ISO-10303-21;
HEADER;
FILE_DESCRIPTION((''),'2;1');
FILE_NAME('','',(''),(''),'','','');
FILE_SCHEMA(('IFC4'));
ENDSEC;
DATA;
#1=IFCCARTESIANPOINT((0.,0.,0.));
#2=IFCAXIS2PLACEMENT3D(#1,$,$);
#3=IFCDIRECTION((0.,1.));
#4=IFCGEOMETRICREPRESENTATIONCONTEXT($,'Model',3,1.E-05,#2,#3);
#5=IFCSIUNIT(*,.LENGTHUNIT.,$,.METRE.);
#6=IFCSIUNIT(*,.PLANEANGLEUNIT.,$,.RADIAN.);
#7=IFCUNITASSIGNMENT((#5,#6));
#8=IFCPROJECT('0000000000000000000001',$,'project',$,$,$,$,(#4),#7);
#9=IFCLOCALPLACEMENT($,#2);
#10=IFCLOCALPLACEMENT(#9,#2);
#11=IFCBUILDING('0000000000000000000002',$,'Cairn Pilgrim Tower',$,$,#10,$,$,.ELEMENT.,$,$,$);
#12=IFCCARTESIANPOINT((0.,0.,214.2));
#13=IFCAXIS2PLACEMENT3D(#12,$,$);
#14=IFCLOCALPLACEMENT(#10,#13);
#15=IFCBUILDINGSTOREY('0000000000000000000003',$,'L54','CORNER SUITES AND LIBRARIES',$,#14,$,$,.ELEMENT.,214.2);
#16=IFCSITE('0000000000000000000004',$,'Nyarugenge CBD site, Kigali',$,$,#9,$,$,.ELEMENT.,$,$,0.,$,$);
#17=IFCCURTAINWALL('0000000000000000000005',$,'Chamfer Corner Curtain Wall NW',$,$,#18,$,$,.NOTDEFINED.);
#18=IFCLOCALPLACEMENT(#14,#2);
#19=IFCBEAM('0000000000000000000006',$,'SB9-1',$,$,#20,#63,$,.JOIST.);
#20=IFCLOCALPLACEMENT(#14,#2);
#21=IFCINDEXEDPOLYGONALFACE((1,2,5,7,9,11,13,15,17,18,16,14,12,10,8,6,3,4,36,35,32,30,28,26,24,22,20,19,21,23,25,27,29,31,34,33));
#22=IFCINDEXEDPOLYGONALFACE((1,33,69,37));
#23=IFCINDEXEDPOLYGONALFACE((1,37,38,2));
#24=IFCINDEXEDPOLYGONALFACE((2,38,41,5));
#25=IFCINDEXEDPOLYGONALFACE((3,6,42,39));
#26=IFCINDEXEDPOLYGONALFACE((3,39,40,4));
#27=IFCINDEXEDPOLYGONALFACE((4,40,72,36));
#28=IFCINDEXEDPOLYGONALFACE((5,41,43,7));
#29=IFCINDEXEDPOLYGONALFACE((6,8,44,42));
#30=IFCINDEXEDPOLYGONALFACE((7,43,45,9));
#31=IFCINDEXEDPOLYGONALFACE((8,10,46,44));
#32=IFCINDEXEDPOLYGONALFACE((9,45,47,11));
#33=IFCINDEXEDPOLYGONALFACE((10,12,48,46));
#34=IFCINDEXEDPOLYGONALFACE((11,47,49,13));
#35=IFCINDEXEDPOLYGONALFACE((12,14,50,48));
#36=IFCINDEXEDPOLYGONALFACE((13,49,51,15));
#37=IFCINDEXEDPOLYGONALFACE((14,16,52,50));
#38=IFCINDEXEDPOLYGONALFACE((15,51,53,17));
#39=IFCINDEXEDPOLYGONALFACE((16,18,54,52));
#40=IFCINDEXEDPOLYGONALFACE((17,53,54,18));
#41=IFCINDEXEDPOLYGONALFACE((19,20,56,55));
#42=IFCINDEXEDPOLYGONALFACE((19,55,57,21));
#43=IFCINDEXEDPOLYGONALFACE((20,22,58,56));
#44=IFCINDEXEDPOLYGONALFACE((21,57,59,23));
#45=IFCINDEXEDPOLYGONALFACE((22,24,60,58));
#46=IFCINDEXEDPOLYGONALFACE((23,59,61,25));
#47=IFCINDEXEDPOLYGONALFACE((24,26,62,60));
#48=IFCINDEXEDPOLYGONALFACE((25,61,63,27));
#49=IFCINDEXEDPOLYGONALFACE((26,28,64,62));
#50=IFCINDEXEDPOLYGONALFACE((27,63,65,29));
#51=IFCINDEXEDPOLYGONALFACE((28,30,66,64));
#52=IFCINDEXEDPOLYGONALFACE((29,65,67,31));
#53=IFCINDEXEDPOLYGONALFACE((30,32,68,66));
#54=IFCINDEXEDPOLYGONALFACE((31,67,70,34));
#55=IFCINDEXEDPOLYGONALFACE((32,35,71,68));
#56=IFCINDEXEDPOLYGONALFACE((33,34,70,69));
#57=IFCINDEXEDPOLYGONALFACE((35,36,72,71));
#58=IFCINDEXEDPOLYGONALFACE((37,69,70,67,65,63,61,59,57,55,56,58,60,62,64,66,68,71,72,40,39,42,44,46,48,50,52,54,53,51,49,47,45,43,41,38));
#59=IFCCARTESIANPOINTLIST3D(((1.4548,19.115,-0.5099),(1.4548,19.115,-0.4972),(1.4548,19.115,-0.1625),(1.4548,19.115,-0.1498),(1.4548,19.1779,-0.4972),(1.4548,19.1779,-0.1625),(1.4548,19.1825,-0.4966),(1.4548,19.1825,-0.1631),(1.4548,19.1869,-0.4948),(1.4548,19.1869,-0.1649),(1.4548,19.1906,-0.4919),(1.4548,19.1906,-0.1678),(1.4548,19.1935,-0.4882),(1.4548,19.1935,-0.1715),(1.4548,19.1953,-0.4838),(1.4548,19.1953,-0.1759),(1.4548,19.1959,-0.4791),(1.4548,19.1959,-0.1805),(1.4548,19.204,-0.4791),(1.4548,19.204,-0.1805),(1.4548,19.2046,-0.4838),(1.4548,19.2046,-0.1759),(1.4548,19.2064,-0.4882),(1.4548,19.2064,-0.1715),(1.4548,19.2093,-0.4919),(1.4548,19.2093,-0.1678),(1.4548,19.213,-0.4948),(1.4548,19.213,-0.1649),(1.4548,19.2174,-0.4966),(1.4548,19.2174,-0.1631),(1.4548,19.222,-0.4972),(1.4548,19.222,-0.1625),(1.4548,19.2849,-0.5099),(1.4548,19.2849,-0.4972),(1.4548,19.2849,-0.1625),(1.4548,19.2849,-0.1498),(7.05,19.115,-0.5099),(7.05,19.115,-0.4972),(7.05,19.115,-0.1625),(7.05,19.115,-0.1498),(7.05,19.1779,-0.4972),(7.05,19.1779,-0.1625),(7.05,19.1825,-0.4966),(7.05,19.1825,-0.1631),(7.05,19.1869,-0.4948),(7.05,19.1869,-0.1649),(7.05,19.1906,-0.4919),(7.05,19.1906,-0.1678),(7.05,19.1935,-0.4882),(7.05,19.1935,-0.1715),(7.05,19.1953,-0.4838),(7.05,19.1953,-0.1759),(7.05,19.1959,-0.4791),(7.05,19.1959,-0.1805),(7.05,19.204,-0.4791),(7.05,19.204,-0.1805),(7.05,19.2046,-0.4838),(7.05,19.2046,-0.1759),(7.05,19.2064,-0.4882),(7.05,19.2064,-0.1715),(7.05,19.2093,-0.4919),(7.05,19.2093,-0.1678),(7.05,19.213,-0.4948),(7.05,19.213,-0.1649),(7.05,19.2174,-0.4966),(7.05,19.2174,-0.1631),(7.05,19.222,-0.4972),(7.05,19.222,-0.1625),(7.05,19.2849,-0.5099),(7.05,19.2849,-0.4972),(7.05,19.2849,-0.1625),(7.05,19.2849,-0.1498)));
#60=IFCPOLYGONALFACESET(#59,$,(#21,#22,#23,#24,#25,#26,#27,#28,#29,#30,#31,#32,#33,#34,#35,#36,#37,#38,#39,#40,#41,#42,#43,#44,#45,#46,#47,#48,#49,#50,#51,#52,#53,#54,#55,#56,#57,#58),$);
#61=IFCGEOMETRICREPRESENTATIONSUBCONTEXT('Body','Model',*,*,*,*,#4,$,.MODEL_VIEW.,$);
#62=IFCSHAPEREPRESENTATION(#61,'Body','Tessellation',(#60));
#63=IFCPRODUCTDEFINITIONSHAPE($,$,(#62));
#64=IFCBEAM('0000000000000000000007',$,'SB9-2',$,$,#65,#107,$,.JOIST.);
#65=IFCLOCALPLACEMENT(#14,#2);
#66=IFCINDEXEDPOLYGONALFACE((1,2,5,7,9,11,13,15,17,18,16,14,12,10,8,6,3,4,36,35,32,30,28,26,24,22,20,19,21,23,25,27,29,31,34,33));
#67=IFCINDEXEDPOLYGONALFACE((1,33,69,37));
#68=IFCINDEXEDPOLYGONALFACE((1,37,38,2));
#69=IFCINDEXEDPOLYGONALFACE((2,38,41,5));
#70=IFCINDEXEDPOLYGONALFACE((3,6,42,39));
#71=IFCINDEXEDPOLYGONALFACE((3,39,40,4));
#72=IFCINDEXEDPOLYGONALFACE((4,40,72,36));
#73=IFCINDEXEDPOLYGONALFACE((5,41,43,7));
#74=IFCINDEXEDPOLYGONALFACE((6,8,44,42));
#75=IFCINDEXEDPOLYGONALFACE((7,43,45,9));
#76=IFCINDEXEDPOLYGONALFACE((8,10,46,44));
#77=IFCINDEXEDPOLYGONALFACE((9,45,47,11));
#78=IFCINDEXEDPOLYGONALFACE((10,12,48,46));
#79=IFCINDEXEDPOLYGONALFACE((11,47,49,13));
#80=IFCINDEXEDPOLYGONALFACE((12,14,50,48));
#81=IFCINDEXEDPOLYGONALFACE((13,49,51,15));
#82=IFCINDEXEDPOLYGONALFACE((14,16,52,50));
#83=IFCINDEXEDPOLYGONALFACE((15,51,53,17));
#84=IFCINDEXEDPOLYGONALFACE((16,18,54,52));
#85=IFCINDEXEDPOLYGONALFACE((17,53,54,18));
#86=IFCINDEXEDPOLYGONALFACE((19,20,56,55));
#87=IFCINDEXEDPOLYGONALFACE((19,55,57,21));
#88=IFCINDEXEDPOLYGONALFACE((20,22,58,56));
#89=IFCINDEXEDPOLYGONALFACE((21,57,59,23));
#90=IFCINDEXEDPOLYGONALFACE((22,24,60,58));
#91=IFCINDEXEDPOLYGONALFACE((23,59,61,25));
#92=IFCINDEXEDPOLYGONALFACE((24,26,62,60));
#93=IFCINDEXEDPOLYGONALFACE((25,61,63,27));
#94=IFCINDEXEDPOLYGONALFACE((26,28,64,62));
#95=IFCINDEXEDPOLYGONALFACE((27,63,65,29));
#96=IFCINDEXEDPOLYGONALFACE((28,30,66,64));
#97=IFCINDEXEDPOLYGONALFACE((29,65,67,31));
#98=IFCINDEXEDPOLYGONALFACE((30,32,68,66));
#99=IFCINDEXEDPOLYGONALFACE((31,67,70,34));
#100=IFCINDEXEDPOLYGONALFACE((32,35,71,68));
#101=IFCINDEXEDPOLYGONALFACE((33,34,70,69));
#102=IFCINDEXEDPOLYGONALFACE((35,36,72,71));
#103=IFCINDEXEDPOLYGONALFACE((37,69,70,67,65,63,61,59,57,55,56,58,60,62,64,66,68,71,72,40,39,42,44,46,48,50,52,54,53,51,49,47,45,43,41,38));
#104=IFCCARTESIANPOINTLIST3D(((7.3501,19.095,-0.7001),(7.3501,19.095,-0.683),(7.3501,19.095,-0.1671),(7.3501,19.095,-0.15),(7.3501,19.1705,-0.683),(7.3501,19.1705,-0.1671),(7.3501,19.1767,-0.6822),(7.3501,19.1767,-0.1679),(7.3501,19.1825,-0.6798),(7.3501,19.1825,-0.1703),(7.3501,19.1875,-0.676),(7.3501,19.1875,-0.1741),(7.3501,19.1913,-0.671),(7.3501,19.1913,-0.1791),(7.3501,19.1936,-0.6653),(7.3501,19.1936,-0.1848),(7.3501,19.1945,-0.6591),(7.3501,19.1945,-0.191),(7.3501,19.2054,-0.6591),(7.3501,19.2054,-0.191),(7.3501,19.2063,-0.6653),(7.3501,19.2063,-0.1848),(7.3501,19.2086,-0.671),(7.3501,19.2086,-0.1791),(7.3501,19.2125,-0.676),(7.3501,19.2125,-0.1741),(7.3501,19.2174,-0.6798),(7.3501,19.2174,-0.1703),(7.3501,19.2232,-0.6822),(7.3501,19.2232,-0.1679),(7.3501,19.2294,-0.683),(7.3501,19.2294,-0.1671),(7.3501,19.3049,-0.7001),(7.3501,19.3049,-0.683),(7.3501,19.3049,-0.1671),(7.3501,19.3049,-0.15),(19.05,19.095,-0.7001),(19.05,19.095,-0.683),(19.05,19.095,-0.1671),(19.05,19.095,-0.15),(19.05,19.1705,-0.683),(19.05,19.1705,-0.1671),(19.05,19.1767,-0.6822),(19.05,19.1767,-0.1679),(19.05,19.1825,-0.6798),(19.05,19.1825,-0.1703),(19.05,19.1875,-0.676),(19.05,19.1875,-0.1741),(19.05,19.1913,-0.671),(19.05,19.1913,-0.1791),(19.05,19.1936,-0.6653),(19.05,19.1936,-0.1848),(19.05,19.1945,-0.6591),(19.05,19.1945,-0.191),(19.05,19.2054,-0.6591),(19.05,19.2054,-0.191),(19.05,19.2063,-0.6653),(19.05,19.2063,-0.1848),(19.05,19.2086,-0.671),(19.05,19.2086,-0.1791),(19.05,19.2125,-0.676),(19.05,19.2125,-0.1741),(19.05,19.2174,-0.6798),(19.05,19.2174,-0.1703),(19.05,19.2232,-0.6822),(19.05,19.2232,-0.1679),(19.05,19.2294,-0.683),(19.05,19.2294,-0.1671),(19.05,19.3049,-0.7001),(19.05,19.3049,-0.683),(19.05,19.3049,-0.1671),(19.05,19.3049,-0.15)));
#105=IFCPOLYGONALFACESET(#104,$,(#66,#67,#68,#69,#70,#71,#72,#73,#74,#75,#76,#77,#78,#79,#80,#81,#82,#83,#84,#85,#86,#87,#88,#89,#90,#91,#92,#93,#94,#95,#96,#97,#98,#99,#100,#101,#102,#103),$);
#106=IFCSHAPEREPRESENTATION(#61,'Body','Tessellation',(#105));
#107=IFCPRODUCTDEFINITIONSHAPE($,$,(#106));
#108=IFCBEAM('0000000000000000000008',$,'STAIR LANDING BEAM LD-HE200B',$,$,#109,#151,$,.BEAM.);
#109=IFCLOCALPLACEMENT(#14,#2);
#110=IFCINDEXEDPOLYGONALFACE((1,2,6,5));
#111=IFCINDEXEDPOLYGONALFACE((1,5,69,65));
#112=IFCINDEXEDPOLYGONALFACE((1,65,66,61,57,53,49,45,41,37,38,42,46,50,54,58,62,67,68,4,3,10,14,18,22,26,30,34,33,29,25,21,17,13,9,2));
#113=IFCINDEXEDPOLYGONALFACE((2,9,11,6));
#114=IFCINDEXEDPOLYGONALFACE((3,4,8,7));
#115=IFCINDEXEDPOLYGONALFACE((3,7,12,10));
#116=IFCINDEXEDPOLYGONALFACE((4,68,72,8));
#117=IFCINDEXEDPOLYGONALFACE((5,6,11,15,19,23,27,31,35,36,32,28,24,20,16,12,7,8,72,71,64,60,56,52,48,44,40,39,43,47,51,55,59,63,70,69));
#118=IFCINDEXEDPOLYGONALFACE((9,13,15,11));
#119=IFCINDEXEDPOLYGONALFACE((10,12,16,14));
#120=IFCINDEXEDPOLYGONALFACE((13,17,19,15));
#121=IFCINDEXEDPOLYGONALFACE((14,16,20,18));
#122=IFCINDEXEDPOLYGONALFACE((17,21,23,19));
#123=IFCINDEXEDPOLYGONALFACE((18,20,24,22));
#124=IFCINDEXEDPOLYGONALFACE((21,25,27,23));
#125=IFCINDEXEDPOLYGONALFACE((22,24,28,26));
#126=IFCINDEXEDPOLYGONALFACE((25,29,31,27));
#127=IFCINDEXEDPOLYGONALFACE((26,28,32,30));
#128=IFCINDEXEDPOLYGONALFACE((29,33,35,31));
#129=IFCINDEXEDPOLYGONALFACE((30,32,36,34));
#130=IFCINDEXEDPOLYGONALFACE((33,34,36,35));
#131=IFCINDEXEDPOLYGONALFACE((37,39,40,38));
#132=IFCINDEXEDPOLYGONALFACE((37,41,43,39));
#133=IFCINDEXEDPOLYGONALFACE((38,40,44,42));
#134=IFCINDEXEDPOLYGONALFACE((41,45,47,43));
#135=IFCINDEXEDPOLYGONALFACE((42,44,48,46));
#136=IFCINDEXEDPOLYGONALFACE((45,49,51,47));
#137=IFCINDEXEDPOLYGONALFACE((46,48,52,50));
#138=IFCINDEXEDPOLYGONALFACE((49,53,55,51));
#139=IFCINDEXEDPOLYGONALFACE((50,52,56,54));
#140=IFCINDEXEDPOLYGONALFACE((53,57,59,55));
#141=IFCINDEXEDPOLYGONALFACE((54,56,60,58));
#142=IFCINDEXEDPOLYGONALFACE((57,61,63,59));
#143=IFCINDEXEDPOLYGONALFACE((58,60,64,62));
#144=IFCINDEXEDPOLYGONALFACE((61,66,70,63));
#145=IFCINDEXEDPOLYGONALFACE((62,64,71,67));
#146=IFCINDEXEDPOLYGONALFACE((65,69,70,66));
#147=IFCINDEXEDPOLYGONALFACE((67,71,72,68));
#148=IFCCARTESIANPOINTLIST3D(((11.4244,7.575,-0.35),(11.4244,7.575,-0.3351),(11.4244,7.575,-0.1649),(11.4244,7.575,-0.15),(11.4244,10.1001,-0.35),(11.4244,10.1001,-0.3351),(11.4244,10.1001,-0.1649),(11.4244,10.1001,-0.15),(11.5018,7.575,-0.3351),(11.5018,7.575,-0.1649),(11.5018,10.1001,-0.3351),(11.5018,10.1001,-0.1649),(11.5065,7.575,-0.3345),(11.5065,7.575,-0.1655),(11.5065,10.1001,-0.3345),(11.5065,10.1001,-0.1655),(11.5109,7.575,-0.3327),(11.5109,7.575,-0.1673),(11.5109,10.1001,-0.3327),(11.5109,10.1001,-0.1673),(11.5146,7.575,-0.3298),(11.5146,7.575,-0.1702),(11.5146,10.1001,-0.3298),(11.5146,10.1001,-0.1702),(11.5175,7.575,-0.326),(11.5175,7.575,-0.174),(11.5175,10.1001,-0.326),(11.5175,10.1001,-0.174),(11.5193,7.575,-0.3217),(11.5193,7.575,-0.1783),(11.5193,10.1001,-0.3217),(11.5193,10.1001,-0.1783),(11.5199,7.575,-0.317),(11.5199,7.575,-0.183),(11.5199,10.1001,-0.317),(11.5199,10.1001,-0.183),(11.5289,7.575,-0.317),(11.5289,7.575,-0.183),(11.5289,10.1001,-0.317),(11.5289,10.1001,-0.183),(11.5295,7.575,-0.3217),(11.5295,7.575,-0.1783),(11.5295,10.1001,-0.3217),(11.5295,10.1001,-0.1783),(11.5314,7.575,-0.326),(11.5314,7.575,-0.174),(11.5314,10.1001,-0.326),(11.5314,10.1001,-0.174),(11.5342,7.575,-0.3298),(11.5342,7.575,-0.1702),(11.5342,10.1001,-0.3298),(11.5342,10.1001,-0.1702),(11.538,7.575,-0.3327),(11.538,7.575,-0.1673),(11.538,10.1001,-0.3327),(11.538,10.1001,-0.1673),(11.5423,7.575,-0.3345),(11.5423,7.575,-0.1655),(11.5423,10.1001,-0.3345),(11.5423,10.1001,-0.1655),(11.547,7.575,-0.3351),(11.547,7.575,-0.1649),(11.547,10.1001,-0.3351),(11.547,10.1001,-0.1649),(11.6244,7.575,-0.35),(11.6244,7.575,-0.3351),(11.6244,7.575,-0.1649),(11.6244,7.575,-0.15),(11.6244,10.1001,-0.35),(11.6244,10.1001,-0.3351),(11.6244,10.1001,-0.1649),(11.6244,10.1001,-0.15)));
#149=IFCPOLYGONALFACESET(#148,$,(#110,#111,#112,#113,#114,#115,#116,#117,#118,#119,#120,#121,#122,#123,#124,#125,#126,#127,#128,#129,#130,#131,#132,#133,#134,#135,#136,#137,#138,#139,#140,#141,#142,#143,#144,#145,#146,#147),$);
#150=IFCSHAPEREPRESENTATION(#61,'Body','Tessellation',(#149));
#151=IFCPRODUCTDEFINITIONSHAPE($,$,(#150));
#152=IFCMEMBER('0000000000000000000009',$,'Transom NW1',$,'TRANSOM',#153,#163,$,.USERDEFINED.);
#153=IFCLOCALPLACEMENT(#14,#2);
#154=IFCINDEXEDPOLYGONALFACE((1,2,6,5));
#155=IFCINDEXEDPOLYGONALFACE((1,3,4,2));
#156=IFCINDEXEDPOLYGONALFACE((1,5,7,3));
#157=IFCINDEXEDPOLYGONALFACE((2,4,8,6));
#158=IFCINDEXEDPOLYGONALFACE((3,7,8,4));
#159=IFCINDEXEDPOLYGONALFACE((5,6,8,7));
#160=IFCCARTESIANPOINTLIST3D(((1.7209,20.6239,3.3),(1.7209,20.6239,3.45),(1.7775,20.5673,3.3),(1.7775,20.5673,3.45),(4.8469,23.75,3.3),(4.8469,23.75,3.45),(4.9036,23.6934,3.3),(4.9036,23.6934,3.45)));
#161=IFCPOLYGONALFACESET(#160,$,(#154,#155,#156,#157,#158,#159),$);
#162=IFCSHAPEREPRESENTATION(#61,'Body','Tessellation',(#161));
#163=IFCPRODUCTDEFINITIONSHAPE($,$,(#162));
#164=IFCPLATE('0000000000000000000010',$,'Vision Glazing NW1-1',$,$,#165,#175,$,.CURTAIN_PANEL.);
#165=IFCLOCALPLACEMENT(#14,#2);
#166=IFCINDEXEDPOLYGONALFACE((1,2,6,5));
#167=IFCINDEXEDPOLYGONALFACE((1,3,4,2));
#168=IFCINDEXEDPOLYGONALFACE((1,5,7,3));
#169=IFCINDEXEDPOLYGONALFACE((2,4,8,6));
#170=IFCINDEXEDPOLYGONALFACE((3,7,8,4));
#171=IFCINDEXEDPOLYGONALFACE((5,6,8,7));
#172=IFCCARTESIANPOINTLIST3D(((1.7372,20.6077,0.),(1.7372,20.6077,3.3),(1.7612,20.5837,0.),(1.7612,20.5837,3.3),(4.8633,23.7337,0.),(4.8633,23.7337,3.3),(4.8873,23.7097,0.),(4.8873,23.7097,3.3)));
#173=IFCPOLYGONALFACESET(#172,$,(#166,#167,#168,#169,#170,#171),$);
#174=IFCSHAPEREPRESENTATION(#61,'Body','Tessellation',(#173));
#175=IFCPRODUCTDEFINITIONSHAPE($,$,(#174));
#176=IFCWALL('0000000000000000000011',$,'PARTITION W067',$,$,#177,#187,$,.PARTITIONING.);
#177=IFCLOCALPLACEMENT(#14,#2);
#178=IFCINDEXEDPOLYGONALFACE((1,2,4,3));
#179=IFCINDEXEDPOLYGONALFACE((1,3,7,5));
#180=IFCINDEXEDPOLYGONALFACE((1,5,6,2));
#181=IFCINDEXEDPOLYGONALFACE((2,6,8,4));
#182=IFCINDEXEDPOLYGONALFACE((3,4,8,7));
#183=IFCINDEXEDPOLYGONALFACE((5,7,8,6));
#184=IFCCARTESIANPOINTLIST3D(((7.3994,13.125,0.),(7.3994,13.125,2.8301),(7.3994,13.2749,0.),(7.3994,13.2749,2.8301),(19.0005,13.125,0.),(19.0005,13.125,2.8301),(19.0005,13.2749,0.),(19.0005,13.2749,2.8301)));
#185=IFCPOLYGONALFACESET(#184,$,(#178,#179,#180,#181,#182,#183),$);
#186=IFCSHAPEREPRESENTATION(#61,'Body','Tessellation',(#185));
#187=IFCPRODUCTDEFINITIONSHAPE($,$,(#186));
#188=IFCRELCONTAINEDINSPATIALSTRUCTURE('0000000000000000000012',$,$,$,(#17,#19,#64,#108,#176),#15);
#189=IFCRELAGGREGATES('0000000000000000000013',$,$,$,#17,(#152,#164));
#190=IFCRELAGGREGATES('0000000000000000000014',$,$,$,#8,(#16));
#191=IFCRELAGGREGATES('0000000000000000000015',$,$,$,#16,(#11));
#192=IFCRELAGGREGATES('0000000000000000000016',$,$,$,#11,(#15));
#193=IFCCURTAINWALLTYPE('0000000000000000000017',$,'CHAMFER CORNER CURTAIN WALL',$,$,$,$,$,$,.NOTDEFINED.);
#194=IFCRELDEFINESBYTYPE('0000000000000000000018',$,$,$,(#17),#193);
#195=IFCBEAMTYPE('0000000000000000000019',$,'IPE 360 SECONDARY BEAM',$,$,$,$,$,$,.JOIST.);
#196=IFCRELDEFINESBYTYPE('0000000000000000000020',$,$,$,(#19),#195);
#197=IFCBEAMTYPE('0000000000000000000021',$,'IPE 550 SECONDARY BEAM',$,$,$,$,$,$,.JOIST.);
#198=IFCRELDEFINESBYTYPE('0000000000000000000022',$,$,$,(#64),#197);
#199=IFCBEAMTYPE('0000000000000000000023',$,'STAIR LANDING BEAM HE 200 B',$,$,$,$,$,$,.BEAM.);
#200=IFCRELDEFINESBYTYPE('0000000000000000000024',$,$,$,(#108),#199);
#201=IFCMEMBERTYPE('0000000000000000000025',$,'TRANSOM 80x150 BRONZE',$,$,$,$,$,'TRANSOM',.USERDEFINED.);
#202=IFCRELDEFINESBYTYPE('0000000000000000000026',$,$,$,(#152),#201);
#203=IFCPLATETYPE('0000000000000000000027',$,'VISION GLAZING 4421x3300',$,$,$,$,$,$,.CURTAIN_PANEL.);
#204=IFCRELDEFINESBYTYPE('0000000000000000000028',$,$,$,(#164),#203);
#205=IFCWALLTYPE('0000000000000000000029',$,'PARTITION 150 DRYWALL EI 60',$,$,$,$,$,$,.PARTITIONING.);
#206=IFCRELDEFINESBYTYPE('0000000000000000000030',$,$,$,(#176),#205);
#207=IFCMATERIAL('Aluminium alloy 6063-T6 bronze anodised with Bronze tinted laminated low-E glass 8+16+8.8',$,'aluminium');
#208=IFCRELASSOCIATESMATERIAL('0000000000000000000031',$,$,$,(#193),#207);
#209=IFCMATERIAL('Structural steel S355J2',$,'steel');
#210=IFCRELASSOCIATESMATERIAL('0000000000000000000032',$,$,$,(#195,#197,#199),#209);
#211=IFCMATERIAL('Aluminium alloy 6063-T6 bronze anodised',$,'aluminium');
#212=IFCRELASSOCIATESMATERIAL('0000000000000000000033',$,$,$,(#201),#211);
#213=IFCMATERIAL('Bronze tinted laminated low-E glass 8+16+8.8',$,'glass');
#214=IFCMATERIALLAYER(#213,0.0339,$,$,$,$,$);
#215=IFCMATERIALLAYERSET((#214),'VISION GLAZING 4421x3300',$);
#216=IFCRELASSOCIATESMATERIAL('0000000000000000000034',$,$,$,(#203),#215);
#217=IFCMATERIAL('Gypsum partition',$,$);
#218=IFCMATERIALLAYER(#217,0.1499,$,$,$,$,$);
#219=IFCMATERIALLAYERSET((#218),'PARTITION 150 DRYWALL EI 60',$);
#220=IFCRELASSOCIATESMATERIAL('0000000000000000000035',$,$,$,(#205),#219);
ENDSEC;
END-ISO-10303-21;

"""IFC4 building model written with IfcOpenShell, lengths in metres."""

from ifc_helpers import new_model, si_unit, direction, frame, frame_2d, origin, origin_2d, place, context, subcontext, project, spatial, rectangle, i_section, extrude, material, layer, layer_set, material_profile, profile_set, type_object, element, aggregate, save


model = new_model("IFC4")

# Units and contexts
model_context = context("Model", 3, precision=1e-05, world=origin(), true_north=direction((0.0, 1.0)))
body_context = subcontext(model_context, "Body", "Model", "MODEL_VIEW")
ifc_project = project(units=[si_unit("LENGTHUNIT", "METRE"), si_unit("PLANEANGLEUNIT", "RADIAN")], contexts=[model_context])

# Site, building, storey
site_placement = place(None, origin())
site = spatial("IfcSite", under=ifc_project, at=site_placement, Name="Nyarugenge CBD site, Kigali", CompositionType="ELEMENT", RefElevation=0.0)
building_placement = place(site_placement, origin())
building = spatial("IfcBuilding", under=site, at=building_placement, Name="Cairn Pilgrim Tower", CompositionType="ELEMENT")
storey_placement = place(building_placement, frame((0.0, 0.0, 214.2)))
storey = spatial("IfcBuildingStorey", under=building, at=storey_placement, Name="L54", Description="CORNER SUITES AND LIBRARIES", CompositionType="ELEMENT", Elevation=214.2)

# Shared definitions
ifc_material_1 = material(Name="Structural steel S355J2", Category="steel")

# Shared definitions
ifc_material_2 = material(Name="Aluminium alloy 6063-T6 bronze anodised with Bronze tinted laminated low-E glass 8+16+8.8", Category="aluminium")
ifc_material_3 = material(Name="Aluminium alloy 6063-T6 bronze anodised", Category="aluminium")

# Curtain wall
curtain_wall_type_1 = type_object("IfcCurtainWallType", Name="CHAMFER CORNER CURTAIN WALL", PredefinedType="NOTDEFINED", material=ifc_material_2)
curtain_wall_1_placement = place(storey_placement, origin())
curtain_wall_1 = element("IfcCurtainWall", 1, at=curtain_wall_1_placement, inside=storey, type_object=curtain_wall_type_1, Name="Chamfer Corner Curtain Wall NW", PredefinedType="NOTDEFINED")

# Beams
ifc_material_profile_1 = material_profile(ifc_material_1, i_section(OverallWidth=0.1699, OverallDepth=0.3601, WebThickness=0.0081, FlangeThickness=0.0127, FilletRadius=0.0181, at=origin_2d()), Name="IPE 360")
ifc_profile_set_1 = profile_set([ifc_material_profile_1], Name="Structural steel S355J2")
beam_type_1 = type_object("IfcBeamType", Name="IPE 360 SECONDARY BEAM", PredefinedType="JOIST", material=ifc_profile_set_1)
beam_1_placement = place(storey_placement, frame((1.4548, 19.2, -0.3298), z_axis=(1.0, 0.0, 0.0), x_axis=(0.0, 1.0, 0.0)))
element("IfcBeam", 2, at=beam_1_placement, inside=storey, type_object=beam_type_1, Name="SB9-1", PredefinedType="JOIST", context=body_context, shape_type="SweptSolid", body=[
    extrude(i_section(OverallWidth=0.1699, OverallDepth=0.3601, WebThickness=0.0081, FlangeThickness=0.0127, FilletRadius=0.0181, at=origin_2d()), origin(), (0.0, 0.0, 1.0), 5.5952),
])
ifc_material_profile_2 = material_profile(ifc_material_1, i_section(OverallWidth=0.21, OverallDepth=0.55, WebThickness=0.011, FlangeThickness=0.0171, FilletRadius=0.0239, at=origin_2d()), Name="IPE 550")
ifc_profile_set_2 = profile_set([ifc_material_profile_2], Name="Structural steel S355J2")
beam_type_2 = type_object("IfcBeamType", Name="IPE 550 SECONDARY BEAM", PredefinedType="JOIST", material=ifc_profile_set_2)
beam_2_placement = place(storey_placement, frame((7.3501, 19.2, -0.425), z_axis=(1.0, 0.0, 0.0), x_axis=(0.0, 1.0, 0.0)))
element("IfcBeam", 3, at=beam_2_placement, inside=storey, type_object=beam_type_2, Name="SB9-2", PredefinedType="JOIST", context=body_context, shape_type="SweptSolid", body=[
    extrude(i_section(OverallWidth=0.21, OverallDepth=0.55, WebThickness=0.011, FlangeThickness=0.0171, FilletRadius=0.0239, at=origin_2d()), origin(), (0.0, 0.0, 1.0), 11.7),
])
ifc_material_profile_3 = material_profile(ifc_material_1, i_section(OverallWidth=0.2, OverallDepth=0.2, WebThickness=0.009, FlangeThickness=0.0149, FilletRadius=0.0181, at=origin_2d()), Name="HE 200 B")
ifc_profile_set_3 = profile_set([ifc_material_profile_3], Name="Structural steel S355J2")
beam_type_3 = type_object("IfcBeamType", Name="STAIR LANDING BEAM HE 200 B", PredefinedType="BEAM", material=ifc_profile_set_3)
beam_3_placement = place(storey_placement, frame((11.5244, 10.1001, -0.25), z_axis=(0.0, -1.0, 0.0), x_axis=(1.0, 0.0, 0.0)))
element("IfcBeam", 4, at=beam_3_placement, inside=storey, type_object=beam_type_3, Name="STAIR LANDING BEAM LD-HE200B", PredefinedType="BEAM", context=body_context, shape_type="SweptSolid", body=[
    extrude(i_section(OverallWidth=0.2, OverallDepth=0.2, WebThickness=0.009, FlangeThickness=0.0149, FilletRadius=0.0181, at=origin_2d()), origin(), (0.0, 0.0, 1.0), 2.5251),
])

# Member
ifc_material_profile_4 = material_profile(ifc_material_3, rectangle(XDim=0.0801, YDim=0.1499, at=origin_2d()), Name="TRANSOM 80x150 BRONZE")
ifc_profile_set_4 = profile_set([ifc_material_profile_4], Name="Aluminium alloy 6063-T6 bronze anodised")
member_type_1 = type_object("IfcMemberType", Name="TRANSOM 80x150 BRONZE", ElementType="TRANSOM", PredefinedType="USERDEFINED", material=ifc_profile_set_4)
member_1_placement = place(storey_placement, frame((4.8752, 23.7217, 3.375), z_axis=(-0.707107, -0.707107, 0.0), x_axis=(0.707107, -0.707107, 0.0)))
member_1 = element("IfcMember", 5, at=member_1_placement, type_object=member_type_1, Name="Transom NW1", ObjectType="TRANSOM", PredefinedType="USERDEFINED", context=body_context, shape_type="SweptSolid", body=[
    extrude(rectangle(XDim=0.0801, YDim=0.1499, at=origin_2d()), origin(), (0.0, 0.0, 1.0), 4.4209),
])

# Plate
ifc_material_4 = material(Name="Bronze tinted laminated low-E glass 8+16+8.8", Category="glass")
ifc_layer_1 = layer(ifc_material_4, 0.0339)
ifc_layer_set_1 = layer_set([ifc_layer_1], Name="VISION GLAZING 4421x3300")
plate_type = type_object("IfcPlateType", Name="VISION GLAZING 4421x3300", PredefinedType="CURTAIN_PANEL", material=ifc_layer_set_1)
plate_placement = place(storey_placement, frame((3.3123, 22.1587, 0.0), z_axis=(0.0, 0.0, 1.0), x_axis=(-0.707107, -0.707107, 0.0)))
plate = element("IfcPlate", 6, at=plate_placement, type_object=plate_type, Name="Vision Glazing NW1-1", PredefinedType="CURTAIN_PANEL", context=body_context, shape_type="SweptSolid", body=[
    extrude(rectangle(XDim=4.4209, YDim=0.0339, at=origin_2d()), origin(), (0.0, 0.0, 1.0), 3.3),
])
aggregate(curtain_wall_1, [member_1, plate])

# Wall
ifc_material_5 = material(Name="Gypsum partition")
ifc_layer_2 = layer(ifc_material_5, 0.1499)
ifc_layer_set_2 = layer_set([ifc_layer_2], Name="PARTITION 150 DRYWALL EI 60")
wall_type_1 = type_object("IfcWallType", Name="PARTITION 150 DRYWALL EI 60", PredefinedType="PARTITIONING", material=ifc_layer_set_2)
wall_1_placement = place(storey_placement, frame((7.3994, 13.2, 0.0), z_axis=(0.0, 0.0, 1.0), x_axis=(1.0, 0.0, 0.0)))
element("IfcWall", 7, at=wall_1_placement, inside=storey, type_object=wall_type_1, Name="PARTITION W067", PredefinedType="PARTITIONING", context=body_context, shape_type="SweptSolid", body=[
    extrude(rectangle(XDim=11.6011, YDim=0.1499, at=frame_2d((5.8005, 0.0))), origin(), (0.0, 0.0, 1.0), 2.8301),
])

save(model, "model.ifc")
